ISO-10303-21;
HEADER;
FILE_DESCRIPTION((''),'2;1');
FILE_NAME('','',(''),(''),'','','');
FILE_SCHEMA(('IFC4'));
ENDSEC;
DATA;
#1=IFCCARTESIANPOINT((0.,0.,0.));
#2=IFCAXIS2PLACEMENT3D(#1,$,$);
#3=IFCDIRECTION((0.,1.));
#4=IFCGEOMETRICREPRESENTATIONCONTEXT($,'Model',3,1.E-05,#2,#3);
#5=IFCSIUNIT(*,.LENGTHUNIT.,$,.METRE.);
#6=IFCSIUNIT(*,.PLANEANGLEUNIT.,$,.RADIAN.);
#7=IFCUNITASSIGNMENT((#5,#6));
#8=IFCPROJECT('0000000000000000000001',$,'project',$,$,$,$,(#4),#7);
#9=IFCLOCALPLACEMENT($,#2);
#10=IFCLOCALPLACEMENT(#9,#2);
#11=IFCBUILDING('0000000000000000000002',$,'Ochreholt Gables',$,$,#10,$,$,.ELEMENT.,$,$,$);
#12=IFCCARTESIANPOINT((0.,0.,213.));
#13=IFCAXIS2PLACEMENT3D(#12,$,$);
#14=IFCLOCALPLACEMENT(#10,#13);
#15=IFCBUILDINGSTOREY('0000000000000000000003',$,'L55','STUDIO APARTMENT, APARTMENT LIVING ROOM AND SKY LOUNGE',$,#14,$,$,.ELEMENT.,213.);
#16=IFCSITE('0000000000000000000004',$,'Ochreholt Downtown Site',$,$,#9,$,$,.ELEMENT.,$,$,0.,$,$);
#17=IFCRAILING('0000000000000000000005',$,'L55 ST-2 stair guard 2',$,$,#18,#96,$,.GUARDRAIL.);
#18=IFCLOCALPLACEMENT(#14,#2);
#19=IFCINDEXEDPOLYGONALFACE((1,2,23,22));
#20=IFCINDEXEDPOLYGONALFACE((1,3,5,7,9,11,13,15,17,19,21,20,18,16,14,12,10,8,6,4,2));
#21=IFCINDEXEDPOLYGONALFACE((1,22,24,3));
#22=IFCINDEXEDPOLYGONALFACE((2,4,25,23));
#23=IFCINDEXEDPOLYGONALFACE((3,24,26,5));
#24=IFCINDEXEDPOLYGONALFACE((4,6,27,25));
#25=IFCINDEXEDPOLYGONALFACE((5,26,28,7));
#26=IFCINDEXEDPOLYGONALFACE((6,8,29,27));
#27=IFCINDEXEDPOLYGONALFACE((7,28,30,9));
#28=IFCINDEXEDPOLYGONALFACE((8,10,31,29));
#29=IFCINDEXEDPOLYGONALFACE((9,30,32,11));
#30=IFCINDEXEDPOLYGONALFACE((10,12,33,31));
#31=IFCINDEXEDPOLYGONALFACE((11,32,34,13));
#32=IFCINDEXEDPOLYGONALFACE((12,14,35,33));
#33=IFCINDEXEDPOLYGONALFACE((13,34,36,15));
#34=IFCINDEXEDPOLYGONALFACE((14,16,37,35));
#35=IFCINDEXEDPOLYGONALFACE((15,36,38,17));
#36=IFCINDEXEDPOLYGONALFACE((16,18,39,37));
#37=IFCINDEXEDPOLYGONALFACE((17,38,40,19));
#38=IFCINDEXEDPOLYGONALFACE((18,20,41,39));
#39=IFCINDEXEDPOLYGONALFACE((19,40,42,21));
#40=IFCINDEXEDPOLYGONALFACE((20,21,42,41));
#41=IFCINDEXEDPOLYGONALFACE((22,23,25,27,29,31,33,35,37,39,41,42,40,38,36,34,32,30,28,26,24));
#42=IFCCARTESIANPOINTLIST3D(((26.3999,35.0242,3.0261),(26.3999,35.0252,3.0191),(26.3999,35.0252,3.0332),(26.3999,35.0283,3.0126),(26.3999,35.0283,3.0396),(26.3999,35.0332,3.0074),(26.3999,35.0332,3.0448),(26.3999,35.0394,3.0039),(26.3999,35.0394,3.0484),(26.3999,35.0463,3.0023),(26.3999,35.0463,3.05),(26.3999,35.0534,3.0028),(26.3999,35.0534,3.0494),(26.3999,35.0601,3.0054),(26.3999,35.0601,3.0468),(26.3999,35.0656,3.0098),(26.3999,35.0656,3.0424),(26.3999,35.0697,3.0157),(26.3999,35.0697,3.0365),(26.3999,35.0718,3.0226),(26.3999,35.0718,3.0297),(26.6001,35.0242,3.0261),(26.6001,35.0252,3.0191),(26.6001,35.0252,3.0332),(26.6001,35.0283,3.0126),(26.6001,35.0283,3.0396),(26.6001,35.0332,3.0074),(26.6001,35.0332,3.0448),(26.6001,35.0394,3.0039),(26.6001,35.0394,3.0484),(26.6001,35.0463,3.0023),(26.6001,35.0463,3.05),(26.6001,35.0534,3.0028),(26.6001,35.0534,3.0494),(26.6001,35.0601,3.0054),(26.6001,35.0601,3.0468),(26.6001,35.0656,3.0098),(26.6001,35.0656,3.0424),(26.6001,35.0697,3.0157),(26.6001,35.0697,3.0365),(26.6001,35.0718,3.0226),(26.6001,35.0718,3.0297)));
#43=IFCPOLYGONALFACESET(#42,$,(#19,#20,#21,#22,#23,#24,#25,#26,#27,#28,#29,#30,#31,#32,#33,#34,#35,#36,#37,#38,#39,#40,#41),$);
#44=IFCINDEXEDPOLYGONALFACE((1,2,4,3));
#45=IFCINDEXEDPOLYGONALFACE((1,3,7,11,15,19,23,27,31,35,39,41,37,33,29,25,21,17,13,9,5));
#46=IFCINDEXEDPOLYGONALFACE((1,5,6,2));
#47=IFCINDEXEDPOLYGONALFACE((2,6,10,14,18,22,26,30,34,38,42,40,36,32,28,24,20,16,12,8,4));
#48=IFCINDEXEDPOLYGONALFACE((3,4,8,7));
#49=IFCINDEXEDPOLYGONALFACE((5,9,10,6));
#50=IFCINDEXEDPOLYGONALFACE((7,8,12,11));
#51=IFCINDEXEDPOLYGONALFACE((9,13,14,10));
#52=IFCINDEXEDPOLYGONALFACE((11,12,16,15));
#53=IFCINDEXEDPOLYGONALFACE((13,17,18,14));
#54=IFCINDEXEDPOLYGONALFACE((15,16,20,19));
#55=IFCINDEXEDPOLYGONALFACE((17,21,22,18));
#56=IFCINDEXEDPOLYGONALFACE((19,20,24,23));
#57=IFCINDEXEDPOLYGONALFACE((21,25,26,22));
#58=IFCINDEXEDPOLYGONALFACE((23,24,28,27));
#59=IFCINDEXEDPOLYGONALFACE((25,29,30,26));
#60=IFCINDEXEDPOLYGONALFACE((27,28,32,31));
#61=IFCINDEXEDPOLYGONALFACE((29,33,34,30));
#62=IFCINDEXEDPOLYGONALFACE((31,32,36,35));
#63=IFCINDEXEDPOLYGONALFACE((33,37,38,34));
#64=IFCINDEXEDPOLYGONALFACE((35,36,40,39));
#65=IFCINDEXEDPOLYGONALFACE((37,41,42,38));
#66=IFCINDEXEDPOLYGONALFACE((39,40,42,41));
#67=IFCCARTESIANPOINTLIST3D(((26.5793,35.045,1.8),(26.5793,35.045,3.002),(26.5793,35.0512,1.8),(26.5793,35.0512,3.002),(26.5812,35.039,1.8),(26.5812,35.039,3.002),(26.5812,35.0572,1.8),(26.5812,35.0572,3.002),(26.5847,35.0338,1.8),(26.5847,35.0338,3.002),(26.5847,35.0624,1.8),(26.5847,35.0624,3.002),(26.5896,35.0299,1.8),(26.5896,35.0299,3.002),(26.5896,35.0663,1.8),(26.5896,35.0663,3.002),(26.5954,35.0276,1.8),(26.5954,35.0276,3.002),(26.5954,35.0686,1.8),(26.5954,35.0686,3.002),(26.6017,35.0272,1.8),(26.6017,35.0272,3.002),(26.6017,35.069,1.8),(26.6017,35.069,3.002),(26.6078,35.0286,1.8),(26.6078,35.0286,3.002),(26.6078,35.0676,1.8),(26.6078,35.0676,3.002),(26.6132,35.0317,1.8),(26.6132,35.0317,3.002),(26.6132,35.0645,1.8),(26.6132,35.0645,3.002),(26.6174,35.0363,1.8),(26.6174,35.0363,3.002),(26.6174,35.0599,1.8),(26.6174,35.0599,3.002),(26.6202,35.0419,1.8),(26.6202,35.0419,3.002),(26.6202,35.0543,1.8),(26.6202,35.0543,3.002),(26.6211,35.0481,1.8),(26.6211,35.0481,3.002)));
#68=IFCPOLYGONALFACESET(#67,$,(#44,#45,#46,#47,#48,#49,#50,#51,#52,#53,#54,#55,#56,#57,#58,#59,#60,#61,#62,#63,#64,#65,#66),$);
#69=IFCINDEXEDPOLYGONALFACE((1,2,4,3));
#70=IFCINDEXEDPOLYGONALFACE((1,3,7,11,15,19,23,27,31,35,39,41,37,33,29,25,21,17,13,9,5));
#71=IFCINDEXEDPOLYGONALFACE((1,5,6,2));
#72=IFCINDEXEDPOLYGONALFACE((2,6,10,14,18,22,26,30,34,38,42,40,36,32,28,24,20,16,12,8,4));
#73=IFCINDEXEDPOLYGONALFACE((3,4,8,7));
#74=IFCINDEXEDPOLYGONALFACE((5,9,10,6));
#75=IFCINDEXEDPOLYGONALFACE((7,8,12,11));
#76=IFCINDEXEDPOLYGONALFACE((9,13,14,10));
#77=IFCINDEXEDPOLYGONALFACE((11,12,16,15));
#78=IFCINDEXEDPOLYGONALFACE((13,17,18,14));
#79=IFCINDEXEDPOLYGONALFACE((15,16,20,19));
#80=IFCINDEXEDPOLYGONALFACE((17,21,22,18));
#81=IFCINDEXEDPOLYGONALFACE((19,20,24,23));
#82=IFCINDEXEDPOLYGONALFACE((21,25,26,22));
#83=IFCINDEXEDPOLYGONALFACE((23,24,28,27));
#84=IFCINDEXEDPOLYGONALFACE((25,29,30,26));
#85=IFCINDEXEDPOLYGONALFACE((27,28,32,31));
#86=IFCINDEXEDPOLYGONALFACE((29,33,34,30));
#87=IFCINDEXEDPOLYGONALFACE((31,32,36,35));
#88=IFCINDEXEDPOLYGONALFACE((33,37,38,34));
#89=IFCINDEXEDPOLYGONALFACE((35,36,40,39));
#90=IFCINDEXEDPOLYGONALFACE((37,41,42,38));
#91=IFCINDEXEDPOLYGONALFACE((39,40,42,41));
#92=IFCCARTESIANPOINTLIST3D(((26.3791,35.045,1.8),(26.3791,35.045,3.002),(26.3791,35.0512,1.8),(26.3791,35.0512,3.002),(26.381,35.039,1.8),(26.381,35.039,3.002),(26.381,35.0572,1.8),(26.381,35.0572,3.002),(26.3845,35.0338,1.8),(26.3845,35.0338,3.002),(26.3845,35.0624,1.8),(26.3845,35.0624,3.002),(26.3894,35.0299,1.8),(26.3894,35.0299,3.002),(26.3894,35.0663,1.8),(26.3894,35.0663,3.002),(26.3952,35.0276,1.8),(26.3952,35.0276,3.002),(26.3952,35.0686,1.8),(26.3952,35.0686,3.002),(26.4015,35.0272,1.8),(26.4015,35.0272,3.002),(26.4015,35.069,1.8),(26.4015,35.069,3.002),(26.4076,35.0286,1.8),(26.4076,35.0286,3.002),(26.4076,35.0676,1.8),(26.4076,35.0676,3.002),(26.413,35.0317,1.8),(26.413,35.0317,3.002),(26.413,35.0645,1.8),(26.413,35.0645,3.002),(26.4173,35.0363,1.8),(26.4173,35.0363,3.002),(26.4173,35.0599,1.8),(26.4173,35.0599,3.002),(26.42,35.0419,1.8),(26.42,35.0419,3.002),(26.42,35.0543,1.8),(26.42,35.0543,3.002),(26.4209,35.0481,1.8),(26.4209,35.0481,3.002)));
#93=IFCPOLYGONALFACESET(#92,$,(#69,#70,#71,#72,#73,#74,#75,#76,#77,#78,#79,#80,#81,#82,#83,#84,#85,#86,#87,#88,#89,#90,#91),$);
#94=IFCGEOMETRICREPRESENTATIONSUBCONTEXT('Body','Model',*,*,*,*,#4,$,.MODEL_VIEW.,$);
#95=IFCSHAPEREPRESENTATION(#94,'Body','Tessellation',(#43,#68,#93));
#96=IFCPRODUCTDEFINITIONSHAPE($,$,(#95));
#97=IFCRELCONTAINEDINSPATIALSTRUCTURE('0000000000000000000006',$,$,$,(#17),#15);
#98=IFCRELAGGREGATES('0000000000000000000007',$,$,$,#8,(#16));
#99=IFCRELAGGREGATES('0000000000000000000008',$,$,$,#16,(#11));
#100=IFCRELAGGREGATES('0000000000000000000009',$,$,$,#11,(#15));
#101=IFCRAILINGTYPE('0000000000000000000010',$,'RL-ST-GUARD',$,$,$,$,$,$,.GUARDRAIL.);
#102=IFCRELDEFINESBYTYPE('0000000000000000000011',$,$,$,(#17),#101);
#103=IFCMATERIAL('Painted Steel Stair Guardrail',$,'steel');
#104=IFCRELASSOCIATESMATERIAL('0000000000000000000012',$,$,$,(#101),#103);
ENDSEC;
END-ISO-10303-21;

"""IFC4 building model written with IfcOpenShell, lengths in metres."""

from ifc_helpers import new_model, si_unit, direction, frame, origin, origin_2d, place, context, subcontext, project, spatial, circle, extrude, material, type_object, element, save


model = new_model("IFC4")

# Units and contexts
model_context = context("Model", 3, precision=1e-05, world=origin(), true_north=direction((0.0, 1.0)))
body_context = subcontext(model_context, "Body", "Model", "MODEL_VIEW")
ifc_project = project(units=[si_unit("LENGTHUNIT", "METRE"), si_unit("PLANEANGLEUNIT", "RADIAN")], contexts=[model_context])

# Site, building, storey
site_placement = place(None, origin())
site = spatial("IfcSite", under=ifc_project, at=site_placement, Name="Ochreholt Downtown Site", CompositionType="ELEMENT", RefElevation=0.0)
building_placement = place(site_placement, origin())
building = spatial("IfcBuilding", under=site, at=building_placement, Name="Ochreholt Gables", CompositionType="ELEMENT")
storey_placement = place(building_placement, frame((0.0, 0.0, 213.0)))
storey = spatial("IfcBuildingStorey", under=building, at=storey_placement, Name="L55", Description="STUDIO APARTMENT, APARTMENT LIVING ROOM AND SKY LOUNGE", CompositionType="ELEMENT", Elevation=213.0)

# Railing
ifc_material_1 = material(Name="Painted Steel Stair Guardrail", Category="steel")
railing_type_1 = type_object("IfcRailingType", Name="RL-ST-GUARD", PredefinedType="GUARDRAIL", material=ifc_material_1)
railing_1_placement = place(storey_placement, frame((26.6001, 35.0481, 1.8)))
element("IfcRailing", 1, at=railing_1_placement, inside=storey, type_object=railing_type_1, Name="L55 ST-2 stair guard 2", PredefinedType="GUARDRAIL", context=body_context, shape_type="SweptSolid", body=[
    extrude(circle(Radius=0.0239, at=origin_2d()), frame((0.0, 0.0, 1.2261), z_axis=(-1.0, 0.0, 0.0), x_axis=(0.0, -1.0, 0.0)), (0.0, 0.0, 1.0), 0.2002),
    extrude(circle(Radius=0.021, at=origin_2d()), origin(), (0.0, 0.0, 1.0), 1.2019),
    extrude(circle(Radius=0.021, at=origin_2d()), frame((-0.2002, 0.0, 0.0)), (0.0, 0.0, 1.0), 1.2019),
])

save(model, "model.ifc")
